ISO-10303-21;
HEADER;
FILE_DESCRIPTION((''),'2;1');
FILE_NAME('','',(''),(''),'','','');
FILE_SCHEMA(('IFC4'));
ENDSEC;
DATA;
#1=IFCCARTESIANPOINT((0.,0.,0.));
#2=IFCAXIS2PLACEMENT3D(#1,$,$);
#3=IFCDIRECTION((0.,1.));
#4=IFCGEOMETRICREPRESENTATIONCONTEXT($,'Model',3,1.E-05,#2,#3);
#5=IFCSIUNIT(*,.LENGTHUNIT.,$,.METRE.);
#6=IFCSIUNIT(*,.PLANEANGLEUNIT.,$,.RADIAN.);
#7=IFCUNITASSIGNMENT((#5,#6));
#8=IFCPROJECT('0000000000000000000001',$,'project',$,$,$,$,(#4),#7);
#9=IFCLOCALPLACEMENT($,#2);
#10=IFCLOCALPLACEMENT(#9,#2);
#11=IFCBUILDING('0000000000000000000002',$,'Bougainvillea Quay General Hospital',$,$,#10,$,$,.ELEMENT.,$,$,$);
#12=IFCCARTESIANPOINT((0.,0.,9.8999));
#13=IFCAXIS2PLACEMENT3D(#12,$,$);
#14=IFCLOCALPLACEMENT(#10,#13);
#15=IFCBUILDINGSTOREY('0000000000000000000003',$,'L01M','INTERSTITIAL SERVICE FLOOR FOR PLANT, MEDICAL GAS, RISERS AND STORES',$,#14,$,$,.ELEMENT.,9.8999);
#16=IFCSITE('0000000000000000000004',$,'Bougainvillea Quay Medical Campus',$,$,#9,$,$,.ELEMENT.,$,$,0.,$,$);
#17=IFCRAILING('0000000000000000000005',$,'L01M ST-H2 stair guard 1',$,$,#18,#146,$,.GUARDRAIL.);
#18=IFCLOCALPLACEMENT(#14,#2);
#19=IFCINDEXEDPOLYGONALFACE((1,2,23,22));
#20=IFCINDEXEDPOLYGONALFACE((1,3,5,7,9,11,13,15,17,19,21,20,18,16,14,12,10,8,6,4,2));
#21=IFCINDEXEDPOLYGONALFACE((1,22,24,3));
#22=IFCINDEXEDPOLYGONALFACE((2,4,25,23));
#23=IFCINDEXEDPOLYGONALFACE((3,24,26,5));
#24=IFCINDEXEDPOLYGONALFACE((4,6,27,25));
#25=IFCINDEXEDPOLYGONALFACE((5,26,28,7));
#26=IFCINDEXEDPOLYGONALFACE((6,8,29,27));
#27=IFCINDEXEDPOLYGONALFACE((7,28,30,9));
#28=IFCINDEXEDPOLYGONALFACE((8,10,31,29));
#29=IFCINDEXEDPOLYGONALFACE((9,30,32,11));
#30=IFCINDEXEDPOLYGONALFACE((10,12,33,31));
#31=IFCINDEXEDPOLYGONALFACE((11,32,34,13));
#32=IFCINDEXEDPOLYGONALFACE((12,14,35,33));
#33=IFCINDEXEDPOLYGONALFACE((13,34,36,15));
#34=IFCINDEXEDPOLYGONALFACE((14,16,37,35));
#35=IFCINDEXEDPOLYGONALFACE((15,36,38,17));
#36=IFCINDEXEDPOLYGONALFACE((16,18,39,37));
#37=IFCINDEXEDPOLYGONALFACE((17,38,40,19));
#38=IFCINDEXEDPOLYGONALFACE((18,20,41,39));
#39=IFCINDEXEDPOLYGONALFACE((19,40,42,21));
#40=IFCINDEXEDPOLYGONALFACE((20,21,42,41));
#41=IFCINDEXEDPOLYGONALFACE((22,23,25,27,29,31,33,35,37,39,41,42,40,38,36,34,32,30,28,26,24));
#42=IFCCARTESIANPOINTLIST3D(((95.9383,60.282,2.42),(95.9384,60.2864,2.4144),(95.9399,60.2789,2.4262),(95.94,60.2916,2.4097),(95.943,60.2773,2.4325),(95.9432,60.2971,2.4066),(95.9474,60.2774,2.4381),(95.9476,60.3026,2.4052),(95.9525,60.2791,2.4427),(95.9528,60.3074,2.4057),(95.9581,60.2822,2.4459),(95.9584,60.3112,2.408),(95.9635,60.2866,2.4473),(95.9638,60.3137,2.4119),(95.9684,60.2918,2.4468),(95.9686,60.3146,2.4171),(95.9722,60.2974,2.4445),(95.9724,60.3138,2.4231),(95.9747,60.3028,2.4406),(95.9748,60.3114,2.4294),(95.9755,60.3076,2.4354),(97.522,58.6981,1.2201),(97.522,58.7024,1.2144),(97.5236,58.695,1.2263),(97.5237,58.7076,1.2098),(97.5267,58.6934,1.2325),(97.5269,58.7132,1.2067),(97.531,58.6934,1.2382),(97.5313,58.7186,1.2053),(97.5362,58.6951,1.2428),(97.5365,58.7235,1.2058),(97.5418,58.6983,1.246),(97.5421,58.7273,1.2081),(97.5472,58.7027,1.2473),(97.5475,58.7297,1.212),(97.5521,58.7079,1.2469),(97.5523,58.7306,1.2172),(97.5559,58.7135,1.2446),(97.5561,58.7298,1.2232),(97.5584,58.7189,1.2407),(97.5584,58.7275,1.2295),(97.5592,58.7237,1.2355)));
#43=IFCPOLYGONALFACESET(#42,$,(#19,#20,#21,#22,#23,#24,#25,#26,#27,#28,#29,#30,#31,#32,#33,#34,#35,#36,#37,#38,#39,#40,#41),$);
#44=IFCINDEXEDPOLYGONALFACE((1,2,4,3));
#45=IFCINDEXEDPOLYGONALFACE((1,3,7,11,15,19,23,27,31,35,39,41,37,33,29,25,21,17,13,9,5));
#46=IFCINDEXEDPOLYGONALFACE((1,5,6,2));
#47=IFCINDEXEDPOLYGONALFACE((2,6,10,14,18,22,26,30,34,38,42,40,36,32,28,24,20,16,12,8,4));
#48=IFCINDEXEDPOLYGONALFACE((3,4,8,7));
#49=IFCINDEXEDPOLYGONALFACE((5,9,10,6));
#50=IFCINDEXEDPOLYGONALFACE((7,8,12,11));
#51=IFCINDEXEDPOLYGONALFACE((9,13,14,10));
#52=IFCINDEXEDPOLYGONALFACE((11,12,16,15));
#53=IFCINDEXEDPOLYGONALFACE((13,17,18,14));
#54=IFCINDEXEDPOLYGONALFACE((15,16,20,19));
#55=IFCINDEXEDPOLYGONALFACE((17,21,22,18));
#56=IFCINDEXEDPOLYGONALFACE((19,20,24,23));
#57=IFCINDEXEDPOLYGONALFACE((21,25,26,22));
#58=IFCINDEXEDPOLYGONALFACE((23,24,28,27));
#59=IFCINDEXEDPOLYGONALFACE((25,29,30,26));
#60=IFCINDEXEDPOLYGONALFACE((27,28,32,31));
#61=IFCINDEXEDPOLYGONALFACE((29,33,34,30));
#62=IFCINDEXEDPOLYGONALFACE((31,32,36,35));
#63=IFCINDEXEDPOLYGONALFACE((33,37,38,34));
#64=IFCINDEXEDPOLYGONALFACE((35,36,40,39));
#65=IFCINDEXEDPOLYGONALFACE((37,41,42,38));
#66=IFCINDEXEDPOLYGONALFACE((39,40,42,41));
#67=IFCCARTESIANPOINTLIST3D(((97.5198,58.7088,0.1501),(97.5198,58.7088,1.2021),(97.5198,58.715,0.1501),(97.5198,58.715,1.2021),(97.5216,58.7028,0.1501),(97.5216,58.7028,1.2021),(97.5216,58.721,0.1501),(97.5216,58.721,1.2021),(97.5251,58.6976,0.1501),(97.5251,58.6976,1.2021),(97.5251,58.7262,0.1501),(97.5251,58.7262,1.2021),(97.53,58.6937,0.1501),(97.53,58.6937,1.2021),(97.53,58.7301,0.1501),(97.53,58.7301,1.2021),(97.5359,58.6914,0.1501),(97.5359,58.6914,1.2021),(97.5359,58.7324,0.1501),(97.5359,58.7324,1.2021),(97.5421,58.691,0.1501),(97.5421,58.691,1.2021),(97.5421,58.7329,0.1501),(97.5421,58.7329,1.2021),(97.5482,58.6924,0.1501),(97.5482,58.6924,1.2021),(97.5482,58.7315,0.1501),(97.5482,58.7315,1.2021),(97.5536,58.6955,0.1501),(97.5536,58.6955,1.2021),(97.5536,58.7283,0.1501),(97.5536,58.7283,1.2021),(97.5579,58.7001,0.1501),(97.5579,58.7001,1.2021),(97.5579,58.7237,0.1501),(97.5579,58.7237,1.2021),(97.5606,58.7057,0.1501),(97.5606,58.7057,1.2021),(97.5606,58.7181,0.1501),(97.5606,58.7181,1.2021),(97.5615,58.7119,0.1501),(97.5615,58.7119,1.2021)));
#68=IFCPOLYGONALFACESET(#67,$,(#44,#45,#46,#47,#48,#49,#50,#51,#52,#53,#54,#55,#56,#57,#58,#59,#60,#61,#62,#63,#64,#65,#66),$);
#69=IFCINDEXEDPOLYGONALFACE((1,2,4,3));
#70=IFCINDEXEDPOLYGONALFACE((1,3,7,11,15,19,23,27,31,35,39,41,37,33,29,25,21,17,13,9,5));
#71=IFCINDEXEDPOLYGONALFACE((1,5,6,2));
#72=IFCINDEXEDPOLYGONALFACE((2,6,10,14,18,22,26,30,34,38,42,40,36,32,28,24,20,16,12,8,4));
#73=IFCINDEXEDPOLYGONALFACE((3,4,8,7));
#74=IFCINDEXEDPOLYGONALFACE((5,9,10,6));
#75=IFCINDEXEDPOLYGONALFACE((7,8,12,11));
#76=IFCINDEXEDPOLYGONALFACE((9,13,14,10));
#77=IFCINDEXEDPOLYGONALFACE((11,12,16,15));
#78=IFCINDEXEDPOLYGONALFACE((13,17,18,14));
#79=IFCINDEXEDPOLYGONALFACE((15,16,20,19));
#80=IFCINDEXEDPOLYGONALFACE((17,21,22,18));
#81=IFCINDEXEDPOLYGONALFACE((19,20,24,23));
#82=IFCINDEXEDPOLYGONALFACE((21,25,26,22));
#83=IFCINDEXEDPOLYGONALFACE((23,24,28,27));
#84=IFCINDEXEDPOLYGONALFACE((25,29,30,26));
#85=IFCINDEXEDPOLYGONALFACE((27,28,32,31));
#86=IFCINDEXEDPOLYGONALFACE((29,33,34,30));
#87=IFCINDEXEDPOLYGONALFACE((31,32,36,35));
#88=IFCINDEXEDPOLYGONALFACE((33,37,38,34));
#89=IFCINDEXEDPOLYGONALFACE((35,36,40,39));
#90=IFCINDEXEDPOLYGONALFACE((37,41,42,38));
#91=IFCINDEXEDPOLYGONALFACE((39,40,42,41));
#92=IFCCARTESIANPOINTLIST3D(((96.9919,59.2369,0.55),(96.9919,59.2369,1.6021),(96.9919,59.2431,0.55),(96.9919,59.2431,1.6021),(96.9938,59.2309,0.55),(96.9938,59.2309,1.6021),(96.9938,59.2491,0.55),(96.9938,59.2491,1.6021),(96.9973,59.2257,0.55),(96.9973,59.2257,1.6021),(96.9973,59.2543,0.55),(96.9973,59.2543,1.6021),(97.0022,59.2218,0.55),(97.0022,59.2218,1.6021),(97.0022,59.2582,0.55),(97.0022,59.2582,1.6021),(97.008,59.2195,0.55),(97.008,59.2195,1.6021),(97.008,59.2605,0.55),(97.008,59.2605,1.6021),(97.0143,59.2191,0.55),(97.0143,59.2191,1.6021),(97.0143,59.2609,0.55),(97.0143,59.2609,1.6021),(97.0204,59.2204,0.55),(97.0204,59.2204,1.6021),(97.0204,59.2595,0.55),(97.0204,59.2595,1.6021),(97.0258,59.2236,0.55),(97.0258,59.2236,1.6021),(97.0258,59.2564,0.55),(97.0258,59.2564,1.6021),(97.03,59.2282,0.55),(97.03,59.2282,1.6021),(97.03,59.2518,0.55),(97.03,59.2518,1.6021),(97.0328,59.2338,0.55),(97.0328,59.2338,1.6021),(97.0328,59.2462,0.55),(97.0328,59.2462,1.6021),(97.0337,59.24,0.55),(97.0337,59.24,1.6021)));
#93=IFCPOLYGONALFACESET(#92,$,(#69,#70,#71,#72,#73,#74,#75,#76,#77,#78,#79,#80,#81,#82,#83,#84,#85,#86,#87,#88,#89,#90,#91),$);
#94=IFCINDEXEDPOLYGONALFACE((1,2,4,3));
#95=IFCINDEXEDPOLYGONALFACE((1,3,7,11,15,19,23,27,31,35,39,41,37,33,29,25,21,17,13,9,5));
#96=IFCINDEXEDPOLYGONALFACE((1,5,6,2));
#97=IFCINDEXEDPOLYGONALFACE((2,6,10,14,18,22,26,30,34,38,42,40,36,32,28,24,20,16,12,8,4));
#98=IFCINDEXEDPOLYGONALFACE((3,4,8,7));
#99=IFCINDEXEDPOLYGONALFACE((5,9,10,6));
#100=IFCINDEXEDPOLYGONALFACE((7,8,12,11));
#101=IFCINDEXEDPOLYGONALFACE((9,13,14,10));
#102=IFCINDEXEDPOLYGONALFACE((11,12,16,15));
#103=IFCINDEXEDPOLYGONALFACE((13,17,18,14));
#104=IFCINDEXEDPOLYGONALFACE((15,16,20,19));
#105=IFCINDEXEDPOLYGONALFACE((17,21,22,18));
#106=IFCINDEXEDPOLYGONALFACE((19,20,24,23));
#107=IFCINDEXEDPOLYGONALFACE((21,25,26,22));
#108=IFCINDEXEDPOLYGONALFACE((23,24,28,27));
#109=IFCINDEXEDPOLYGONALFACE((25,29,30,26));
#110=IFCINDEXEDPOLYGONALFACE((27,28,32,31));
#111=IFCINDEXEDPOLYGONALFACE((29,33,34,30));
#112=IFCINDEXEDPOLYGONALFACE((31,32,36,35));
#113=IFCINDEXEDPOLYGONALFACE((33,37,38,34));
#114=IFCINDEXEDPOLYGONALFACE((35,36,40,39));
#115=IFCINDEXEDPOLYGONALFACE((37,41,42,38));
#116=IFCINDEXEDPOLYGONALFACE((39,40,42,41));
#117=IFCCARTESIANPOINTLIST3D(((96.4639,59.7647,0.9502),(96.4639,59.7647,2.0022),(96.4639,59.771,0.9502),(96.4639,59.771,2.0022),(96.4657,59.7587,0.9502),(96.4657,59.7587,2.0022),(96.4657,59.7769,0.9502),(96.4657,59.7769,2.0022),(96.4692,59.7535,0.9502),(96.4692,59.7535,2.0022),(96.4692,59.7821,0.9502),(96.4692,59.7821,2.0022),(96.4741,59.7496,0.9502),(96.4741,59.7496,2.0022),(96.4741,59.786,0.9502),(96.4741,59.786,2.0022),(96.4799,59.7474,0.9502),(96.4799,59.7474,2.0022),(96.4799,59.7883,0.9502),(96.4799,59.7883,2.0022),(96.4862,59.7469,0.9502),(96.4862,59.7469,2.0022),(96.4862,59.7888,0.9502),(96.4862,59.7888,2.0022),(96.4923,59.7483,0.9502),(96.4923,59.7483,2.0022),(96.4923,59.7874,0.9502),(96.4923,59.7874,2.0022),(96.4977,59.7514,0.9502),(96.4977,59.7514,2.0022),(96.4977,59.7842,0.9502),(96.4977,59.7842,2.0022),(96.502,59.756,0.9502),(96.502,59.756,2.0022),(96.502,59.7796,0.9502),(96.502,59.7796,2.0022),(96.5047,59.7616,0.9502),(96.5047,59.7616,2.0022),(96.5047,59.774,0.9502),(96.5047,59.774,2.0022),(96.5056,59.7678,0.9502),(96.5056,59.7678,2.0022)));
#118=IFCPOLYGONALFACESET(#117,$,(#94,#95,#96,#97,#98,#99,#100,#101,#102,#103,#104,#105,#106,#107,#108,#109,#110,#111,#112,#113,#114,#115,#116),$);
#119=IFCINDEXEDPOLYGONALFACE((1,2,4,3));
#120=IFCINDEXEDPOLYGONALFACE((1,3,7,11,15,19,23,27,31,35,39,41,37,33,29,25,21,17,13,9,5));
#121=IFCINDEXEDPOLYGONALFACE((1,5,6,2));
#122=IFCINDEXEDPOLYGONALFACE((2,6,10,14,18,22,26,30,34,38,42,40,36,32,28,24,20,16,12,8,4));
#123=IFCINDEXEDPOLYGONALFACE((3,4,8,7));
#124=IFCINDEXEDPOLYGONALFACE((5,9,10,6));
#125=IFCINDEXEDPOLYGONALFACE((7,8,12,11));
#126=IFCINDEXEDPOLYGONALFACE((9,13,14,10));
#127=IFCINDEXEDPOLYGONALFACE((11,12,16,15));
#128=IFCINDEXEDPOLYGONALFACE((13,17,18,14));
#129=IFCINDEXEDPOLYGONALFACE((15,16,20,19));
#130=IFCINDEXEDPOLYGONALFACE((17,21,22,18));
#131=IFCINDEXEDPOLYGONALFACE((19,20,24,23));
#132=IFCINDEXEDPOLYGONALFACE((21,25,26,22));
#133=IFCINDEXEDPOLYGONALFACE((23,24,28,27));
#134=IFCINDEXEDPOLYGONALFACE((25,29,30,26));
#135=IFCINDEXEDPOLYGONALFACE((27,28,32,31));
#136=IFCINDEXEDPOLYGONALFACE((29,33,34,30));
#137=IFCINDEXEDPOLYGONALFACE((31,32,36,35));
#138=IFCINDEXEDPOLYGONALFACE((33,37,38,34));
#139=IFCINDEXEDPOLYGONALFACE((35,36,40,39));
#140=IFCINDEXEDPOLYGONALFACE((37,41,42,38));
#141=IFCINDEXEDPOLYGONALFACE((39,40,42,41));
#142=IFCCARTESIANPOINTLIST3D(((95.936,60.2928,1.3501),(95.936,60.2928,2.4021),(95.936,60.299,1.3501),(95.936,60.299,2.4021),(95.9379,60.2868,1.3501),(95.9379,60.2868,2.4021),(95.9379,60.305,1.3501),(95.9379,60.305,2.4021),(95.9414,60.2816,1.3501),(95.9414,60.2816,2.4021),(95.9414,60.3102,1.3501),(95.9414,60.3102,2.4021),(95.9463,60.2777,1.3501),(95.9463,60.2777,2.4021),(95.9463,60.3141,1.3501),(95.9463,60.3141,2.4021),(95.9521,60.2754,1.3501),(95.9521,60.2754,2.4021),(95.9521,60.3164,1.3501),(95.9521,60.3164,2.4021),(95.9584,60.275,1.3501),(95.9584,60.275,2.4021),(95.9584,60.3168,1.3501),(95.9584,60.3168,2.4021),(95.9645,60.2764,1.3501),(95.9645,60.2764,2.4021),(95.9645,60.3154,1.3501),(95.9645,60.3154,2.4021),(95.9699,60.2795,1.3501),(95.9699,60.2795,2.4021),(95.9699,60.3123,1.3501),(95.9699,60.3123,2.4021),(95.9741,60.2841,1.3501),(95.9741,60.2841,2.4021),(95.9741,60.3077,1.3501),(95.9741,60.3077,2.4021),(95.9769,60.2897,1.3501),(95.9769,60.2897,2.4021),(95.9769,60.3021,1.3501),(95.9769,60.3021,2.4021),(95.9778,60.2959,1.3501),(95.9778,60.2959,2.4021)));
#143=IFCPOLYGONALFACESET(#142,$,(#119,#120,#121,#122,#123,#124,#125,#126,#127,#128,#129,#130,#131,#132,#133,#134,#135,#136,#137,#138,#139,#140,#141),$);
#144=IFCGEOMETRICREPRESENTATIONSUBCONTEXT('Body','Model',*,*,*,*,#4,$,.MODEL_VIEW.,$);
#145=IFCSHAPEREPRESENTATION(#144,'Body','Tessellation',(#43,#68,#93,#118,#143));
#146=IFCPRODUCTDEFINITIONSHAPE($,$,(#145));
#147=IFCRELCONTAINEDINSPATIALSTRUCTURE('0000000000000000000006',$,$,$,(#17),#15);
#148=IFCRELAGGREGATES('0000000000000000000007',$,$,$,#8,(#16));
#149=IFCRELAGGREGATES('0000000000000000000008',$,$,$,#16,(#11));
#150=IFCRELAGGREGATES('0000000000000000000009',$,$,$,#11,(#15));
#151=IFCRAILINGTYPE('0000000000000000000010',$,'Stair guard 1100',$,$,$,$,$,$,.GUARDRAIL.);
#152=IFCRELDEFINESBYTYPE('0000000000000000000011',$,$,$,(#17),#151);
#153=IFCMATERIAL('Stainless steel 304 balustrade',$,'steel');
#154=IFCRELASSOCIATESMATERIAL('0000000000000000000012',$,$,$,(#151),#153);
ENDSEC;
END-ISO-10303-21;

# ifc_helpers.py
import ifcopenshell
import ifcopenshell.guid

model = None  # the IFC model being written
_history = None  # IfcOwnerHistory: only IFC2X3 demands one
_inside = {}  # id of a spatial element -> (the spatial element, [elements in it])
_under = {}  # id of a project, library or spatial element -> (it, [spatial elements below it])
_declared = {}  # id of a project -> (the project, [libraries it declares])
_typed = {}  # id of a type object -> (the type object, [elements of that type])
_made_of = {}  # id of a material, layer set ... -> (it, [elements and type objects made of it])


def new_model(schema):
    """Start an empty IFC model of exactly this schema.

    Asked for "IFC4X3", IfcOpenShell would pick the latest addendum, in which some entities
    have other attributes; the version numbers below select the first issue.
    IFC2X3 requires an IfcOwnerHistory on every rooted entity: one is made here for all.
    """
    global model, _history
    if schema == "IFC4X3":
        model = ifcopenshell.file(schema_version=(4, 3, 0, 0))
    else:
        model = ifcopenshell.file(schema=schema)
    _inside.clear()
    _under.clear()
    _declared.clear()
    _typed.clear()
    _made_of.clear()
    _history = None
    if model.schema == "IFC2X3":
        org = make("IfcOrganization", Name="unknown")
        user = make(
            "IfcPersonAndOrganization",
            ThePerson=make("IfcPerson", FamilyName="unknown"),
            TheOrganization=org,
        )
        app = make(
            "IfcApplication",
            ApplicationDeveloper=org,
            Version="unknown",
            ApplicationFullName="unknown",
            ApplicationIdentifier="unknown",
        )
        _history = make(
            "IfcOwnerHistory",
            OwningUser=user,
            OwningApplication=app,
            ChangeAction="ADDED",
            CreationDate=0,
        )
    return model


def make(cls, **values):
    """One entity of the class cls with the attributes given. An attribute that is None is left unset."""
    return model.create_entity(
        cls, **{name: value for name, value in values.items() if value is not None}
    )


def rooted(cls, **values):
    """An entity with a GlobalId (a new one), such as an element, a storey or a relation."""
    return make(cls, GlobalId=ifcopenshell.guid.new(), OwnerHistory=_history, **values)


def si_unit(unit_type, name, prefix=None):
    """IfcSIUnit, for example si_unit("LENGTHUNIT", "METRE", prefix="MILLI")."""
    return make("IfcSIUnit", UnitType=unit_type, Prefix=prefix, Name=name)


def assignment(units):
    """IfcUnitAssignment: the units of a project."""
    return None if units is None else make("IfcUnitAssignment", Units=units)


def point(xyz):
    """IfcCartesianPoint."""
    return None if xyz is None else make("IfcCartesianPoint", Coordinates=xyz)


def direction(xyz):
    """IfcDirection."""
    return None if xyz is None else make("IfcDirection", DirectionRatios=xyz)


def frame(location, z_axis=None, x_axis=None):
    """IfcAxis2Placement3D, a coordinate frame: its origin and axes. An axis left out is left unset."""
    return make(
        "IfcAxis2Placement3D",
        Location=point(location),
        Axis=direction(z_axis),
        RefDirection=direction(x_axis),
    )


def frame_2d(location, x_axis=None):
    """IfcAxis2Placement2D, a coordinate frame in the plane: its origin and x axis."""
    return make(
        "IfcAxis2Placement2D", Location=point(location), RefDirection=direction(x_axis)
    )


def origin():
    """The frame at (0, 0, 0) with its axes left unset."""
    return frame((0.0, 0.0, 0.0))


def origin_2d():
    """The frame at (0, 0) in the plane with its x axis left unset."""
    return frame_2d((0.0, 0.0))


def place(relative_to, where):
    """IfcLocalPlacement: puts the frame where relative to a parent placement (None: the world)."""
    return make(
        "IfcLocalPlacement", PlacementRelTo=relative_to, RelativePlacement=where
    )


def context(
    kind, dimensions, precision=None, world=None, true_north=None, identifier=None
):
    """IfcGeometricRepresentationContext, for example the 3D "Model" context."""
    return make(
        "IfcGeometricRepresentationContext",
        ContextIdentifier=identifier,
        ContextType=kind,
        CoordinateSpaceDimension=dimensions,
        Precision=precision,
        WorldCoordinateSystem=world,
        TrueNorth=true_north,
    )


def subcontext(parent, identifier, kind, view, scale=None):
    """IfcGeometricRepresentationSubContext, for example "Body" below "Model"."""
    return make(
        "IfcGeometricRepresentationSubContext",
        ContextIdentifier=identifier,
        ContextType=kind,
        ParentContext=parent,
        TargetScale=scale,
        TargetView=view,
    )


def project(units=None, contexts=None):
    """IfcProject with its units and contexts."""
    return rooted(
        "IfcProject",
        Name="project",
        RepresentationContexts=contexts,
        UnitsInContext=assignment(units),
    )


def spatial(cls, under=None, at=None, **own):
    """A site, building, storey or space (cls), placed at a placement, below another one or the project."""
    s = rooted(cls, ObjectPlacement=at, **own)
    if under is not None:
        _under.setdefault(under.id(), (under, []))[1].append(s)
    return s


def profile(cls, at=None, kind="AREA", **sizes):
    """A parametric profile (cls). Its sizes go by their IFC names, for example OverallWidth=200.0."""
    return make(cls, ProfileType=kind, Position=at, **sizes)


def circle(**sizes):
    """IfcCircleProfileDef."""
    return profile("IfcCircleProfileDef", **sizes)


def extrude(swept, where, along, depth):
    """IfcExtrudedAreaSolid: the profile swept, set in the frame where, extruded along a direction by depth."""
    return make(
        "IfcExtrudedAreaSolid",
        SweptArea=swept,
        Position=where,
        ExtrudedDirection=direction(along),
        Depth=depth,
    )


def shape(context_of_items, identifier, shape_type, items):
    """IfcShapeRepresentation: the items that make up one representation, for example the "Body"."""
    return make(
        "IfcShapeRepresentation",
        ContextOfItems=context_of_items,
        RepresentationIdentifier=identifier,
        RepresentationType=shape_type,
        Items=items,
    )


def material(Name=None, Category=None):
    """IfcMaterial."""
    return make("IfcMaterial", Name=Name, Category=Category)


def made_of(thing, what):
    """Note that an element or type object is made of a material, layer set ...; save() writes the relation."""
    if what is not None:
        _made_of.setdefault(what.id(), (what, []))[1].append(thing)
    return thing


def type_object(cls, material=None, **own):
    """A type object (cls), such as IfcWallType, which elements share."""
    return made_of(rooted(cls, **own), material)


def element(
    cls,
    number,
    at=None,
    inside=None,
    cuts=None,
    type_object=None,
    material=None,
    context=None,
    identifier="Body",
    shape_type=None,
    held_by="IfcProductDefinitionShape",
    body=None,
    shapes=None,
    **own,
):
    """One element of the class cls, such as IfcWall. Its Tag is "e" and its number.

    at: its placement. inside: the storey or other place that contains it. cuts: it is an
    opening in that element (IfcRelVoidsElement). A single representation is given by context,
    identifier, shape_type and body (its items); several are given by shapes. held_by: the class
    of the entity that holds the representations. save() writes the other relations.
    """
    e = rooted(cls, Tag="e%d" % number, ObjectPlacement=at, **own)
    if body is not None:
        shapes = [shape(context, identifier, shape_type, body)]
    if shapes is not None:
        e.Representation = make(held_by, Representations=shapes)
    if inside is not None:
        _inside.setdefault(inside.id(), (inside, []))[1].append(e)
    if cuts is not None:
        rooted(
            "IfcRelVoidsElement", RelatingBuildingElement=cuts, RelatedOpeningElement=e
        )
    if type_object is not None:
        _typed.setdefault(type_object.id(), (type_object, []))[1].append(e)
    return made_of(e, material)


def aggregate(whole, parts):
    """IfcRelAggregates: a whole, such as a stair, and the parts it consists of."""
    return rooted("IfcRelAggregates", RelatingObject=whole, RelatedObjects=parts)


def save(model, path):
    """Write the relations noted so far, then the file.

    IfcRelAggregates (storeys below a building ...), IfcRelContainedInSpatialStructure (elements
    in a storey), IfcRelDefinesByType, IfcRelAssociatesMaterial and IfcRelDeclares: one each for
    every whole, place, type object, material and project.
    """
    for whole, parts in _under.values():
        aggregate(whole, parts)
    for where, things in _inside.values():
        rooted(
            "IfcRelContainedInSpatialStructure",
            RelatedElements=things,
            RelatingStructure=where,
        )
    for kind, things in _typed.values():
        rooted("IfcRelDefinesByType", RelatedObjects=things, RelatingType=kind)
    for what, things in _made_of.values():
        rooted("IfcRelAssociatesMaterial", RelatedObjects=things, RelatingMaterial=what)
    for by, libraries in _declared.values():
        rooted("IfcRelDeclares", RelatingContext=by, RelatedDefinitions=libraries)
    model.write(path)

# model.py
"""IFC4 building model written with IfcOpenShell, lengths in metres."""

from ifc_helpers import new_model, si_unit, direction, frame, origin, origin_2d, place, context, subcontext, project, spatial, circle, extrude, material, type_object, element, save


model = new_model("IFC4")

# Units and contexts
model_context = context("Model", 3, precision=1e-05, world=origin(), true_north=direction((0.0, 1.0)))
body_context = subcontext(model_context, "Body", "Model", "MODEL_VIEW")
ifc_project = project(units=[si_unit("LENGTHUNIT", "METRE"), si_unit("PLANEANGLEUNIT", "RADIAN")], contexts=[model_context])

# Site, building, storey
site_placement = place(None, origin())
site = spatial("IfcSite", under=ifc_project, at=site_placement, Name="Bougainvillea Quay Medical Campus", CompositionType="ELEMENT", RefElevation=0.0)
building_placement = place(site_placement, origin())
building = spatial("IfcBuilding", under=site, at=building_placement, Name="Bougainvillea Quay General Hospital", CompositionType="ELEMENT")
storey_placement = place(building_placement, frame((0.0, 0.0, 9.8999)))
storey = spatial("IfcBuildingStorey", under=building, at=storey_placement, Name="L01M", Description="INTERSTITIAL SERVICE FLOOR FOR PLANT, MEDICAL GAS, RISERS AND STORES", CompositionType="ELEMENT", Elevation=9.8999)

# Railing
ifc_material_1 = material(Name="Stainless steel 304 balustrade", Category="steel")
railing_type_1 = type_object("IfcRailingType", Name="Stair guard 1100", PredefinedType="GUARDRAIL", material=ifc_material_1)
railing_1_placement = place(storey_placement, frame((97.5405, 58.7119, 0.1501)))
element("IfcRailing", 1, at=railing_1_placement, inside=storey, type_object=railing_type_1, Name="L01M ST-H2 stair guard 1", PredefinedType="GUARDRAIL", context=body_context, shape_type="SweptSolid", body=[
    extrude(circle(Radius=0.0239, at=origin_2d()), frame((0.0, 0.0, 1.0762), z_axis=(-0.623253, 0.623349, 0.47222), x_axis=(-0.707161, -0.707052, 0.0)), (0.0, 0.0, 1.0), 2.541),
    extrude(circle(Radius=0.021, at=origin_2d()), origin(), (0.0, 0.0, 1.0), 1.052),
    extrude(circle(Radius=0.021, at=origin_2d()), frame((-0.5278, 0.5281, 0.3999)), (0.0, 0.0, 1.0), 1.052),
    extrude(circle(Radius=0.021, at=origin_2d()), frame((-1.0559, 1.0559, 0.8)), (0.0, 0.0, 1.0), 1.052),
    extrude(circle(Radius=0.021, at=origin_2d()), frame((-1.5837, 1.584, 1.2)), (0.0, 0.0, 1.0), 1.052),
])

save(model, "model.ifc")
